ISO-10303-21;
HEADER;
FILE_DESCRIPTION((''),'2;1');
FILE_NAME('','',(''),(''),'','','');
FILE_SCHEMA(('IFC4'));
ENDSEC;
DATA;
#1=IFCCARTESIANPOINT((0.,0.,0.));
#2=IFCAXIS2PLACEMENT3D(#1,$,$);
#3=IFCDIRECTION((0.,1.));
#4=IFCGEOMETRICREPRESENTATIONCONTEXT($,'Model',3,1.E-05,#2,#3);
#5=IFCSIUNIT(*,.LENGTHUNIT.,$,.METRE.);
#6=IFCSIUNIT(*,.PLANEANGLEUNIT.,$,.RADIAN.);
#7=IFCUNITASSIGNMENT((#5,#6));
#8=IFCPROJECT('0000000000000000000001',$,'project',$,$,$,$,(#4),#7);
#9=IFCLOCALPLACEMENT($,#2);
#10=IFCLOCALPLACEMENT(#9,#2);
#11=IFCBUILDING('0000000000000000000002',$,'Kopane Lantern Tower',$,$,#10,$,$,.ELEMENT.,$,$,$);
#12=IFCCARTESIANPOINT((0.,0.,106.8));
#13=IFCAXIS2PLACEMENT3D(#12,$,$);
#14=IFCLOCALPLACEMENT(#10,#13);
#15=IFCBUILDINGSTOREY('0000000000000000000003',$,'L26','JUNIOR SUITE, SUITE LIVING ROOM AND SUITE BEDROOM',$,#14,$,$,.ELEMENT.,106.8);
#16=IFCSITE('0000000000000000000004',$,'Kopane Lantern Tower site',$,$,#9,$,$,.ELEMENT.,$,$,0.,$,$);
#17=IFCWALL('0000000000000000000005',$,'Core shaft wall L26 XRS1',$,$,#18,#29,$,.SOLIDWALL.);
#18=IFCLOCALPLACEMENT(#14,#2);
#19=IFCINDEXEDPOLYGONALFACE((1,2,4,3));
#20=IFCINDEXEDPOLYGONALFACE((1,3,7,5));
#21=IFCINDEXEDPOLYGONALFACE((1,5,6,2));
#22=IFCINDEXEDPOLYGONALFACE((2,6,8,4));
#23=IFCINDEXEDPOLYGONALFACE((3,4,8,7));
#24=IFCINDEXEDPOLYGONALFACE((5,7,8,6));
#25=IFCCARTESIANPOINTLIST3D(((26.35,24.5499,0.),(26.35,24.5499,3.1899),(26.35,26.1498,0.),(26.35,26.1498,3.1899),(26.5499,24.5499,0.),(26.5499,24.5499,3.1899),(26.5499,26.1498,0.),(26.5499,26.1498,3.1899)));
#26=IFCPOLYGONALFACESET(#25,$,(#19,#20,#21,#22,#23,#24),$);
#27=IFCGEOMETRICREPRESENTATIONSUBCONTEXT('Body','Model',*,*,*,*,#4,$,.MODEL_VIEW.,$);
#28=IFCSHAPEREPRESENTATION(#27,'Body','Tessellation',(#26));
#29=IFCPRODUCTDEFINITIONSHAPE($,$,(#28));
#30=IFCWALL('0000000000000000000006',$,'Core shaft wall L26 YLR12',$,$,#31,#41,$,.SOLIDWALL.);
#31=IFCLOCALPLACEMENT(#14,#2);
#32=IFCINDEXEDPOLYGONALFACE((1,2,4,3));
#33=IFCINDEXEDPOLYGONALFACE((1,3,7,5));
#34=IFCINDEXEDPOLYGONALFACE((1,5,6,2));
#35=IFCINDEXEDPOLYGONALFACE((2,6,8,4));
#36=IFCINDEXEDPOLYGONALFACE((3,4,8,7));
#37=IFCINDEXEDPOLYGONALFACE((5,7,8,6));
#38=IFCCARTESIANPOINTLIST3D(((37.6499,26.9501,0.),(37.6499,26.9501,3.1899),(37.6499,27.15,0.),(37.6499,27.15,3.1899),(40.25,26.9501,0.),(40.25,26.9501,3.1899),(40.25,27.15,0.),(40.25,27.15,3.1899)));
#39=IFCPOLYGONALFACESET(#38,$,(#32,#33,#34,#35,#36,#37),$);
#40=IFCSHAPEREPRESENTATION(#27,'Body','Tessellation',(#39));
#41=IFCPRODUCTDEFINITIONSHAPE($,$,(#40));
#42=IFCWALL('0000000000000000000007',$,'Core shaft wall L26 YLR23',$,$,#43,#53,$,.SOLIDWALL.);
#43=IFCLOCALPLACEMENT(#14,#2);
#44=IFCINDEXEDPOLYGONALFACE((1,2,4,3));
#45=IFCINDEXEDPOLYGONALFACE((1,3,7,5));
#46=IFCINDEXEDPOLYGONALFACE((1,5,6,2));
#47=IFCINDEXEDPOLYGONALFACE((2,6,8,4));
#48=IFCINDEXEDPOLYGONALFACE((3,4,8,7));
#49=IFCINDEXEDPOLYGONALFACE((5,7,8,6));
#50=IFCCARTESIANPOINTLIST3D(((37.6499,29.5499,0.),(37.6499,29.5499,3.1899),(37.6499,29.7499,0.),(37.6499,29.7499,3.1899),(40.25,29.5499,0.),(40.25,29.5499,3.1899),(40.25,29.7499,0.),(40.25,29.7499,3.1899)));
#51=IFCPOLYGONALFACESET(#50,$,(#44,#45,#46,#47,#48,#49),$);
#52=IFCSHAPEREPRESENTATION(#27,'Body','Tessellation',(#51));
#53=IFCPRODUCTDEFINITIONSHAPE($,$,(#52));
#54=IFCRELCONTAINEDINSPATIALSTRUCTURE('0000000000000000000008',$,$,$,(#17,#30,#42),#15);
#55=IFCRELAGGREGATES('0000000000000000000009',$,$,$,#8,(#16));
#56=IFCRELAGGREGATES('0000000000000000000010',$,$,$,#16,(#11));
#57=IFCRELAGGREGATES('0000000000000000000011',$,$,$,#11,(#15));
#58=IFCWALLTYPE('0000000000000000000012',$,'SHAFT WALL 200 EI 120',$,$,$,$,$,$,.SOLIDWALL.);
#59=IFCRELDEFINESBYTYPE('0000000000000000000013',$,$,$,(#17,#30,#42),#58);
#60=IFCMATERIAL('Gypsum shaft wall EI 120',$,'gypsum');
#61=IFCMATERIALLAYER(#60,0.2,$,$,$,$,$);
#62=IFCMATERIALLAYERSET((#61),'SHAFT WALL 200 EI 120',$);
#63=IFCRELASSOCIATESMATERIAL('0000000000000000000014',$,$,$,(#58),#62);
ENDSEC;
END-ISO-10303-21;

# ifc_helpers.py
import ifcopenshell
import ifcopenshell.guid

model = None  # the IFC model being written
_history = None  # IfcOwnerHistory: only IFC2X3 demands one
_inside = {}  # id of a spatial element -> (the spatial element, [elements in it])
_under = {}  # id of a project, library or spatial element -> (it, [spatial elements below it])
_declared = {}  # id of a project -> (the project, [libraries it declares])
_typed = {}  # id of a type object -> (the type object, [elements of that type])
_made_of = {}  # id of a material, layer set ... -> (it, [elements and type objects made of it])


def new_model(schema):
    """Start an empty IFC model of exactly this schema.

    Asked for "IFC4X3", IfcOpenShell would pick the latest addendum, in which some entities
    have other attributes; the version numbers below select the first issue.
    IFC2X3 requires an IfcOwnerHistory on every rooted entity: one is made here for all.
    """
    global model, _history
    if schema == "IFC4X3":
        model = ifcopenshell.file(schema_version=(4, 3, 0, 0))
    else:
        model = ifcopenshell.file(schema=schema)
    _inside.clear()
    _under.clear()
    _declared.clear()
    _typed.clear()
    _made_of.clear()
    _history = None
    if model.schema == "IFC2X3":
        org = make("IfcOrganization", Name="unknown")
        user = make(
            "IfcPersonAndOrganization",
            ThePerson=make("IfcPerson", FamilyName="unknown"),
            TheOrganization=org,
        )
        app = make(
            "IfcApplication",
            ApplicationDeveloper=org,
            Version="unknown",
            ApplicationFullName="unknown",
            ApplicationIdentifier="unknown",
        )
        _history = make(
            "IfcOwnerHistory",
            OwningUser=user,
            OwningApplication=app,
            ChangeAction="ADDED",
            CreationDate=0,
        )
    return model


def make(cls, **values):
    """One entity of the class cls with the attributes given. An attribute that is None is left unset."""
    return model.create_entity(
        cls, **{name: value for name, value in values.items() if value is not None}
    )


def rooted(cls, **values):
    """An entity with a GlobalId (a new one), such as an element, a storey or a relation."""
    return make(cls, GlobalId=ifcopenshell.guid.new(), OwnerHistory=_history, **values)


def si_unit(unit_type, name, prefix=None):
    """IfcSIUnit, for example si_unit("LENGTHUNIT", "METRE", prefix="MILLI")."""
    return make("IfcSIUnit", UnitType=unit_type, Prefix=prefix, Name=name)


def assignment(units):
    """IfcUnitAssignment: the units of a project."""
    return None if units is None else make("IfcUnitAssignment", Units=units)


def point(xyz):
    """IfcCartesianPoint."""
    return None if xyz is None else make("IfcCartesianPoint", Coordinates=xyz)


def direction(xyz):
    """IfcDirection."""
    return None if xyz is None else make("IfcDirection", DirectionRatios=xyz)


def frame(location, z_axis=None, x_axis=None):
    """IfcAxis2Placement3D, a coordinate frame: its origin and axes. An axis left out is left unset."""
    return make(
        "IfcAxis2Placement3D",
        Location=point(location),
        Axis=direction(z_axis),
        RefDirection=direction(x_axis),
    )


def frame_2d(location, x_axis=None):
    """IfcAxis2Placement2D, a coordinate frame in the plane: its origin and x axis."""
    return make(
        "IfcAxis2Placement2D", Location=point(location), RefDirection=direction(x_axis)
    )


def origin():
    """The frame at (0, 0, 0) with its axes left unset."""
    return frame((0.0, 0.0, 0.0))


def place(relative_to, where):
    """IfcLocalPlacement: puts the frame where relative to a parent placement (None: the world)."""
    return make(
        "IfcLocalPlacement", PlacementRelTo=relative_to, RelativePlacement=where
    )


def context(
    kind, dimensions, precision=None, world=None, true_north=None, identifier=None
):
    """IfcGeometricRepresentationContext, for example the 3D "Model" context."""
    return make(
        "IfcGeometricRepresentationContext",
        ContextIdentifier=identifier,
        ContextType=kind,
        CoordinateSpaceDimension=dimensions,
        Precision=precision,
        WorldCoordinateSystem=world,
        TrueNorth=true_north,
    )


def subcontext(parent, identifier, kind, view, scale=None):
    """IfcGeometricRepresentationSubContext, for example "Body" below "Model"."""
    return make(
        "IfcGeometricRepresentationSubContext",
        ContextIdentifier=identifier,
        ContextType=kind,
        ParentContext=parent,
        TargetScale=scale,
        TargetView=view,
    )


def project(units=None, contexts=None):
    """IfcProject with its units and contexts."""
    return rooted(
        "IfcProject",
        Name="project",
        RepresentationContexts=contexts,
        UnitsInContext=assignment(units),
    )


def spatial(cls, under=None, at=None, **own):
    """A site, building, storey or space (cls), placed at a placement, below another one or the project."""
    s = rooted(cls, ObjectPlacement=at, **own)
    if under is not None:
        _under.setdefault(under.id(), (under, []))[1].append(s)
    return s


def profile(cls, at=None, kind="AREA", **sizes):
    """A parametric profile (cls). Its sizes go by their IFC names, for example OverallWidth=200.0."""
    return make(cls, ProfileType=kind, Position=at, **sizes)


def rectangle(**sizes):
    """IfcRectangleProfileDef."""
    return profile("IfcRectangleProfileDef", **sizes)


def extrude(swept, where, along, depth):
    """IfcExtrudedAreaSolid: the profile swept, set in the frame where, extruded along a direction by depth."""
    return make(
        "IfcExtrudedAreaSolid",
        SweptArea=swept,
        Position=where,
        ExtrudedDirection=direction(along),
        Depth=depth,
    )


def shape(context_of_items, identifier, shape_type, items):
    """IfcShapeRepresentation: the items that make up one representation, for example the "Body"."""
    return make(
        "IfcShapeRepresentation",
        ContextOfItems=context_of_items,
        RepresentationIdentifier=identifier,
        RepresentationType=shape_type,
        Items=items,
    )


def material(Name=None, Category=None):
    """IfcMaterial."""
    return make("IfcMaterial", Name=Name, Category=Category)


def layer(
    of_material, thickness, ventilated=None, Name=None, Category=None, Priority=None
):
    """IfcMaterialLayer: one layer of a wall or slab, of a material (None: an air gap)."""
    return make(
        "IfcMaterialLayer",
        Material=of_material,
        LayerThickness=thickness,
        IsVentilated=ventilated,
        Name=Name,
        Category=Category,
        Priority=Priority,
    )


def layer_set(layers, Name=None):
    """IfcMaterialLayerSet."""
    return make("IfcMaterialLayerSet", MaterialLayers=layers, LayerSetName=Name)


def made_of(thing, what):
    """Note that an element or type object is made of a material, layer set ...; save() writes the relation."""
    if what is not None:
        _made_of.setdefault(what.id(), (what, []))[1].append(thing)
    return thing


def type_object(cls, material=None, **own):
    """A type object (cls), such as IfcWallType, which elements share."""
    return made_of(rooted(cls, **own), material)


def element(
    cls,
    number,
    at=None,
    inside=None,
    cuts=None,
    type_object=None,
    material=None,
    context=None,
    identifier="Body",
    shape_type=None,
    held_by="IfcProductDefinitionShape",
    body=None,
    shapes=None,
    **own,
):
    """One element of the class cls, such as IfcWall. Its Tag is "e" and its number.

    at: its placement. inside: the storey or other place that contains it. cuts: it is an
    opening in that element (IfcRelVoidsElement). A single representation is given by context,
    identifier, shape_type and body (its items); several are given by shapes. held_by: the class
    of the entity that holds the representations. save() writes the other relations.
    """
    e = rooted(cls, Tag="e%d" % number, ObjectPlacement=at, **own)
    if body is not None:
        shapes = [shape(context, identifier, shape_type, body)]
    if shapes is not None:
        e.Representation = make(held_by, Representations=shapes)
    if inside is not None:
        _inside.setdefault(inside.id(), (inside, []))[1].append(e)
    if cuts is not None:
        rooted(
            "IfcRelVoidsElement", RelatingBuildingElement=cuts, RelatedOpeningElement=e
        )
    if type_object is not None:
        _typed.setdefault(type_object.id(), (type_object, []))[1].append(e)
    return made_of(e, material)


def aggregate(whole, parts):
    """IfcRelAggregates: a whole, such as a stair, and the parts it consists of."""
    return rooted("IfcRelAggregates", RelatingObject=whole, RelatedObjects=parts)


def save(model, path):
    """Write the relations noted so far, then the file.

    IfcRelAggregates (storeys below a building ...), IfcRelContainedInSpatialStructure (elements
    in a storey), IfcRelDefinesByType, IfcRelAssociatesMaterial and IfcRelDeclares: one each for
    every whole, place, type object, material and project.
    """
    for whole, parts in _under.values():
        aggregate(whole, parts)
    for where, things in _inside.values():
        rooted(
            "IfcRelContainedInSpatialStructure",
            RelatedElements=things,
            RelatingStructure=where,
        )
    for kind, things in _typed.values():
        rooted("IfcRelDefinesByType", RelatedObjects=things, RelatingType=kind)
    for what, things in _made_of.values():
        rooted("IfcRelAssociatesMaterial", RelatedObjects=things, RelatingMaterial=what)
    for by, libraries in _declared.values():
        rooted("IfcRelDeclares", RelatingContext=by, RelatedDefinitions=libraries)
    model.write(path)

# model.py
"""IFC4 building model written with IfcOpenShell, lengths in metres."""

from ifc_helpers import new_model, si_unit, direction, frame, frame_2d, origin, place, context, subcontext, project, spatial, rectangle, extrude, material, layer, layer_set, type_object, element, save


model = new_model("IFC4")

# Units and contexts
model_context = context("Model", 3, precision=1e-05, world=origin(), true_north=direction((0.0, 1.0)))
body_context = subcontext(model_context, "Body", "Model", "MODEL_VIEW")
ifc_project = project(units=[si_unit("LENGTHUNIT", "METRE"), si_unit("PLANEANGLEUNIT", "RADIAN")], contexts=[model_context])

# Site, building, storey
site_placement = place(None, origin())
site = spatial("IfcSite", under=ifc_project, at=site_placement, Name="Kopane Lantern Tower site", CompositionType="ELEMENT", RefElevation=0.0)
building_placement = place(site_placement, origin())
building = spatial("IfcBuilding", under=site, at=building_placement, Name="Kopane Lantern Tower", CompositionType="ELEMENT")
storey_placement = place(building_placement, frame((0.0, 0.0, 106.8)))
storey = spatial("IfcBuildingStorey", under=building, at=storey_placement, Name="L26", Description="JUNIOR SUITE, SUITE LIVING ROOM AND SUITE BEDROOM", CompositionType="ELEMENT", Elevation=106.8)

# Walls
ifc_material_1 = material(Name="Gypsum shaft wall EI 120", Category="gypsum")
ifc_layer_1 = layer(ifc_material_1, 0.2)
ifc_layer_set_1 = layer_set([ifc_layer_1], Name="SHAFT WALL 200 EI 120")
wall_type_1 = type_object("IfcWallType", Name="SHAFT WALL 200 EI 120", PredefinedType="SOLIDWALL", material=ifc_layer_set_1)
wall_1_placement = place(storey_placement, frame((26.45, 24.55, 0.0), z_axis=(0.0, 0.0, 1.0), x_axis=(0.0, 1.0, 0.0)))
element("IfcWall", 1, at=wall_1_placement, inside=storey, type_object=wall_type_1, Name="Core shaft wall L26 XRS1", PredefinedType="SOLIDWALL", context=body_context, shape_type="SweptSolid", body=[
    extrude(rectangle(XDim=1.5999, YDim=0.2, at=frame_2d((0.7998, 0.0))), origin(), (0.0, 0.0, 1.0), 3.1899),
])
for number, where, z_axis, x_axis, name in (
    (2, (37.6499, 27.05, 0.0), (0.0, 0.0, 1.0), (1.0, 0.0, 0.0), "Core shaft wall L26 YLR12"),
    (3, (37.6499, 29.6499, 0.0), (0.0, 0.0, 1.0), (1.0, 0.0, 0.0), "Core shaft wall L26 YLR23"),
):
    element("IfcWall", number, at=place(storey_placement, frame(where, z_axis=z_axis, x_axis=x_axis)), inside=storey, type_object=wall_type_1, Name=name, PredefinedType="SOLIDWALL", context=body_context, shape_type="SweptSolid", body=[
        extrude(rectangle(XDim=2.6001, YDim=0.2, at=frame_2d((1.3, 0.0))), origin(), (0.0, 0.0, 1.0), 3.1899),
    ])

save(model, "model.ifc")
